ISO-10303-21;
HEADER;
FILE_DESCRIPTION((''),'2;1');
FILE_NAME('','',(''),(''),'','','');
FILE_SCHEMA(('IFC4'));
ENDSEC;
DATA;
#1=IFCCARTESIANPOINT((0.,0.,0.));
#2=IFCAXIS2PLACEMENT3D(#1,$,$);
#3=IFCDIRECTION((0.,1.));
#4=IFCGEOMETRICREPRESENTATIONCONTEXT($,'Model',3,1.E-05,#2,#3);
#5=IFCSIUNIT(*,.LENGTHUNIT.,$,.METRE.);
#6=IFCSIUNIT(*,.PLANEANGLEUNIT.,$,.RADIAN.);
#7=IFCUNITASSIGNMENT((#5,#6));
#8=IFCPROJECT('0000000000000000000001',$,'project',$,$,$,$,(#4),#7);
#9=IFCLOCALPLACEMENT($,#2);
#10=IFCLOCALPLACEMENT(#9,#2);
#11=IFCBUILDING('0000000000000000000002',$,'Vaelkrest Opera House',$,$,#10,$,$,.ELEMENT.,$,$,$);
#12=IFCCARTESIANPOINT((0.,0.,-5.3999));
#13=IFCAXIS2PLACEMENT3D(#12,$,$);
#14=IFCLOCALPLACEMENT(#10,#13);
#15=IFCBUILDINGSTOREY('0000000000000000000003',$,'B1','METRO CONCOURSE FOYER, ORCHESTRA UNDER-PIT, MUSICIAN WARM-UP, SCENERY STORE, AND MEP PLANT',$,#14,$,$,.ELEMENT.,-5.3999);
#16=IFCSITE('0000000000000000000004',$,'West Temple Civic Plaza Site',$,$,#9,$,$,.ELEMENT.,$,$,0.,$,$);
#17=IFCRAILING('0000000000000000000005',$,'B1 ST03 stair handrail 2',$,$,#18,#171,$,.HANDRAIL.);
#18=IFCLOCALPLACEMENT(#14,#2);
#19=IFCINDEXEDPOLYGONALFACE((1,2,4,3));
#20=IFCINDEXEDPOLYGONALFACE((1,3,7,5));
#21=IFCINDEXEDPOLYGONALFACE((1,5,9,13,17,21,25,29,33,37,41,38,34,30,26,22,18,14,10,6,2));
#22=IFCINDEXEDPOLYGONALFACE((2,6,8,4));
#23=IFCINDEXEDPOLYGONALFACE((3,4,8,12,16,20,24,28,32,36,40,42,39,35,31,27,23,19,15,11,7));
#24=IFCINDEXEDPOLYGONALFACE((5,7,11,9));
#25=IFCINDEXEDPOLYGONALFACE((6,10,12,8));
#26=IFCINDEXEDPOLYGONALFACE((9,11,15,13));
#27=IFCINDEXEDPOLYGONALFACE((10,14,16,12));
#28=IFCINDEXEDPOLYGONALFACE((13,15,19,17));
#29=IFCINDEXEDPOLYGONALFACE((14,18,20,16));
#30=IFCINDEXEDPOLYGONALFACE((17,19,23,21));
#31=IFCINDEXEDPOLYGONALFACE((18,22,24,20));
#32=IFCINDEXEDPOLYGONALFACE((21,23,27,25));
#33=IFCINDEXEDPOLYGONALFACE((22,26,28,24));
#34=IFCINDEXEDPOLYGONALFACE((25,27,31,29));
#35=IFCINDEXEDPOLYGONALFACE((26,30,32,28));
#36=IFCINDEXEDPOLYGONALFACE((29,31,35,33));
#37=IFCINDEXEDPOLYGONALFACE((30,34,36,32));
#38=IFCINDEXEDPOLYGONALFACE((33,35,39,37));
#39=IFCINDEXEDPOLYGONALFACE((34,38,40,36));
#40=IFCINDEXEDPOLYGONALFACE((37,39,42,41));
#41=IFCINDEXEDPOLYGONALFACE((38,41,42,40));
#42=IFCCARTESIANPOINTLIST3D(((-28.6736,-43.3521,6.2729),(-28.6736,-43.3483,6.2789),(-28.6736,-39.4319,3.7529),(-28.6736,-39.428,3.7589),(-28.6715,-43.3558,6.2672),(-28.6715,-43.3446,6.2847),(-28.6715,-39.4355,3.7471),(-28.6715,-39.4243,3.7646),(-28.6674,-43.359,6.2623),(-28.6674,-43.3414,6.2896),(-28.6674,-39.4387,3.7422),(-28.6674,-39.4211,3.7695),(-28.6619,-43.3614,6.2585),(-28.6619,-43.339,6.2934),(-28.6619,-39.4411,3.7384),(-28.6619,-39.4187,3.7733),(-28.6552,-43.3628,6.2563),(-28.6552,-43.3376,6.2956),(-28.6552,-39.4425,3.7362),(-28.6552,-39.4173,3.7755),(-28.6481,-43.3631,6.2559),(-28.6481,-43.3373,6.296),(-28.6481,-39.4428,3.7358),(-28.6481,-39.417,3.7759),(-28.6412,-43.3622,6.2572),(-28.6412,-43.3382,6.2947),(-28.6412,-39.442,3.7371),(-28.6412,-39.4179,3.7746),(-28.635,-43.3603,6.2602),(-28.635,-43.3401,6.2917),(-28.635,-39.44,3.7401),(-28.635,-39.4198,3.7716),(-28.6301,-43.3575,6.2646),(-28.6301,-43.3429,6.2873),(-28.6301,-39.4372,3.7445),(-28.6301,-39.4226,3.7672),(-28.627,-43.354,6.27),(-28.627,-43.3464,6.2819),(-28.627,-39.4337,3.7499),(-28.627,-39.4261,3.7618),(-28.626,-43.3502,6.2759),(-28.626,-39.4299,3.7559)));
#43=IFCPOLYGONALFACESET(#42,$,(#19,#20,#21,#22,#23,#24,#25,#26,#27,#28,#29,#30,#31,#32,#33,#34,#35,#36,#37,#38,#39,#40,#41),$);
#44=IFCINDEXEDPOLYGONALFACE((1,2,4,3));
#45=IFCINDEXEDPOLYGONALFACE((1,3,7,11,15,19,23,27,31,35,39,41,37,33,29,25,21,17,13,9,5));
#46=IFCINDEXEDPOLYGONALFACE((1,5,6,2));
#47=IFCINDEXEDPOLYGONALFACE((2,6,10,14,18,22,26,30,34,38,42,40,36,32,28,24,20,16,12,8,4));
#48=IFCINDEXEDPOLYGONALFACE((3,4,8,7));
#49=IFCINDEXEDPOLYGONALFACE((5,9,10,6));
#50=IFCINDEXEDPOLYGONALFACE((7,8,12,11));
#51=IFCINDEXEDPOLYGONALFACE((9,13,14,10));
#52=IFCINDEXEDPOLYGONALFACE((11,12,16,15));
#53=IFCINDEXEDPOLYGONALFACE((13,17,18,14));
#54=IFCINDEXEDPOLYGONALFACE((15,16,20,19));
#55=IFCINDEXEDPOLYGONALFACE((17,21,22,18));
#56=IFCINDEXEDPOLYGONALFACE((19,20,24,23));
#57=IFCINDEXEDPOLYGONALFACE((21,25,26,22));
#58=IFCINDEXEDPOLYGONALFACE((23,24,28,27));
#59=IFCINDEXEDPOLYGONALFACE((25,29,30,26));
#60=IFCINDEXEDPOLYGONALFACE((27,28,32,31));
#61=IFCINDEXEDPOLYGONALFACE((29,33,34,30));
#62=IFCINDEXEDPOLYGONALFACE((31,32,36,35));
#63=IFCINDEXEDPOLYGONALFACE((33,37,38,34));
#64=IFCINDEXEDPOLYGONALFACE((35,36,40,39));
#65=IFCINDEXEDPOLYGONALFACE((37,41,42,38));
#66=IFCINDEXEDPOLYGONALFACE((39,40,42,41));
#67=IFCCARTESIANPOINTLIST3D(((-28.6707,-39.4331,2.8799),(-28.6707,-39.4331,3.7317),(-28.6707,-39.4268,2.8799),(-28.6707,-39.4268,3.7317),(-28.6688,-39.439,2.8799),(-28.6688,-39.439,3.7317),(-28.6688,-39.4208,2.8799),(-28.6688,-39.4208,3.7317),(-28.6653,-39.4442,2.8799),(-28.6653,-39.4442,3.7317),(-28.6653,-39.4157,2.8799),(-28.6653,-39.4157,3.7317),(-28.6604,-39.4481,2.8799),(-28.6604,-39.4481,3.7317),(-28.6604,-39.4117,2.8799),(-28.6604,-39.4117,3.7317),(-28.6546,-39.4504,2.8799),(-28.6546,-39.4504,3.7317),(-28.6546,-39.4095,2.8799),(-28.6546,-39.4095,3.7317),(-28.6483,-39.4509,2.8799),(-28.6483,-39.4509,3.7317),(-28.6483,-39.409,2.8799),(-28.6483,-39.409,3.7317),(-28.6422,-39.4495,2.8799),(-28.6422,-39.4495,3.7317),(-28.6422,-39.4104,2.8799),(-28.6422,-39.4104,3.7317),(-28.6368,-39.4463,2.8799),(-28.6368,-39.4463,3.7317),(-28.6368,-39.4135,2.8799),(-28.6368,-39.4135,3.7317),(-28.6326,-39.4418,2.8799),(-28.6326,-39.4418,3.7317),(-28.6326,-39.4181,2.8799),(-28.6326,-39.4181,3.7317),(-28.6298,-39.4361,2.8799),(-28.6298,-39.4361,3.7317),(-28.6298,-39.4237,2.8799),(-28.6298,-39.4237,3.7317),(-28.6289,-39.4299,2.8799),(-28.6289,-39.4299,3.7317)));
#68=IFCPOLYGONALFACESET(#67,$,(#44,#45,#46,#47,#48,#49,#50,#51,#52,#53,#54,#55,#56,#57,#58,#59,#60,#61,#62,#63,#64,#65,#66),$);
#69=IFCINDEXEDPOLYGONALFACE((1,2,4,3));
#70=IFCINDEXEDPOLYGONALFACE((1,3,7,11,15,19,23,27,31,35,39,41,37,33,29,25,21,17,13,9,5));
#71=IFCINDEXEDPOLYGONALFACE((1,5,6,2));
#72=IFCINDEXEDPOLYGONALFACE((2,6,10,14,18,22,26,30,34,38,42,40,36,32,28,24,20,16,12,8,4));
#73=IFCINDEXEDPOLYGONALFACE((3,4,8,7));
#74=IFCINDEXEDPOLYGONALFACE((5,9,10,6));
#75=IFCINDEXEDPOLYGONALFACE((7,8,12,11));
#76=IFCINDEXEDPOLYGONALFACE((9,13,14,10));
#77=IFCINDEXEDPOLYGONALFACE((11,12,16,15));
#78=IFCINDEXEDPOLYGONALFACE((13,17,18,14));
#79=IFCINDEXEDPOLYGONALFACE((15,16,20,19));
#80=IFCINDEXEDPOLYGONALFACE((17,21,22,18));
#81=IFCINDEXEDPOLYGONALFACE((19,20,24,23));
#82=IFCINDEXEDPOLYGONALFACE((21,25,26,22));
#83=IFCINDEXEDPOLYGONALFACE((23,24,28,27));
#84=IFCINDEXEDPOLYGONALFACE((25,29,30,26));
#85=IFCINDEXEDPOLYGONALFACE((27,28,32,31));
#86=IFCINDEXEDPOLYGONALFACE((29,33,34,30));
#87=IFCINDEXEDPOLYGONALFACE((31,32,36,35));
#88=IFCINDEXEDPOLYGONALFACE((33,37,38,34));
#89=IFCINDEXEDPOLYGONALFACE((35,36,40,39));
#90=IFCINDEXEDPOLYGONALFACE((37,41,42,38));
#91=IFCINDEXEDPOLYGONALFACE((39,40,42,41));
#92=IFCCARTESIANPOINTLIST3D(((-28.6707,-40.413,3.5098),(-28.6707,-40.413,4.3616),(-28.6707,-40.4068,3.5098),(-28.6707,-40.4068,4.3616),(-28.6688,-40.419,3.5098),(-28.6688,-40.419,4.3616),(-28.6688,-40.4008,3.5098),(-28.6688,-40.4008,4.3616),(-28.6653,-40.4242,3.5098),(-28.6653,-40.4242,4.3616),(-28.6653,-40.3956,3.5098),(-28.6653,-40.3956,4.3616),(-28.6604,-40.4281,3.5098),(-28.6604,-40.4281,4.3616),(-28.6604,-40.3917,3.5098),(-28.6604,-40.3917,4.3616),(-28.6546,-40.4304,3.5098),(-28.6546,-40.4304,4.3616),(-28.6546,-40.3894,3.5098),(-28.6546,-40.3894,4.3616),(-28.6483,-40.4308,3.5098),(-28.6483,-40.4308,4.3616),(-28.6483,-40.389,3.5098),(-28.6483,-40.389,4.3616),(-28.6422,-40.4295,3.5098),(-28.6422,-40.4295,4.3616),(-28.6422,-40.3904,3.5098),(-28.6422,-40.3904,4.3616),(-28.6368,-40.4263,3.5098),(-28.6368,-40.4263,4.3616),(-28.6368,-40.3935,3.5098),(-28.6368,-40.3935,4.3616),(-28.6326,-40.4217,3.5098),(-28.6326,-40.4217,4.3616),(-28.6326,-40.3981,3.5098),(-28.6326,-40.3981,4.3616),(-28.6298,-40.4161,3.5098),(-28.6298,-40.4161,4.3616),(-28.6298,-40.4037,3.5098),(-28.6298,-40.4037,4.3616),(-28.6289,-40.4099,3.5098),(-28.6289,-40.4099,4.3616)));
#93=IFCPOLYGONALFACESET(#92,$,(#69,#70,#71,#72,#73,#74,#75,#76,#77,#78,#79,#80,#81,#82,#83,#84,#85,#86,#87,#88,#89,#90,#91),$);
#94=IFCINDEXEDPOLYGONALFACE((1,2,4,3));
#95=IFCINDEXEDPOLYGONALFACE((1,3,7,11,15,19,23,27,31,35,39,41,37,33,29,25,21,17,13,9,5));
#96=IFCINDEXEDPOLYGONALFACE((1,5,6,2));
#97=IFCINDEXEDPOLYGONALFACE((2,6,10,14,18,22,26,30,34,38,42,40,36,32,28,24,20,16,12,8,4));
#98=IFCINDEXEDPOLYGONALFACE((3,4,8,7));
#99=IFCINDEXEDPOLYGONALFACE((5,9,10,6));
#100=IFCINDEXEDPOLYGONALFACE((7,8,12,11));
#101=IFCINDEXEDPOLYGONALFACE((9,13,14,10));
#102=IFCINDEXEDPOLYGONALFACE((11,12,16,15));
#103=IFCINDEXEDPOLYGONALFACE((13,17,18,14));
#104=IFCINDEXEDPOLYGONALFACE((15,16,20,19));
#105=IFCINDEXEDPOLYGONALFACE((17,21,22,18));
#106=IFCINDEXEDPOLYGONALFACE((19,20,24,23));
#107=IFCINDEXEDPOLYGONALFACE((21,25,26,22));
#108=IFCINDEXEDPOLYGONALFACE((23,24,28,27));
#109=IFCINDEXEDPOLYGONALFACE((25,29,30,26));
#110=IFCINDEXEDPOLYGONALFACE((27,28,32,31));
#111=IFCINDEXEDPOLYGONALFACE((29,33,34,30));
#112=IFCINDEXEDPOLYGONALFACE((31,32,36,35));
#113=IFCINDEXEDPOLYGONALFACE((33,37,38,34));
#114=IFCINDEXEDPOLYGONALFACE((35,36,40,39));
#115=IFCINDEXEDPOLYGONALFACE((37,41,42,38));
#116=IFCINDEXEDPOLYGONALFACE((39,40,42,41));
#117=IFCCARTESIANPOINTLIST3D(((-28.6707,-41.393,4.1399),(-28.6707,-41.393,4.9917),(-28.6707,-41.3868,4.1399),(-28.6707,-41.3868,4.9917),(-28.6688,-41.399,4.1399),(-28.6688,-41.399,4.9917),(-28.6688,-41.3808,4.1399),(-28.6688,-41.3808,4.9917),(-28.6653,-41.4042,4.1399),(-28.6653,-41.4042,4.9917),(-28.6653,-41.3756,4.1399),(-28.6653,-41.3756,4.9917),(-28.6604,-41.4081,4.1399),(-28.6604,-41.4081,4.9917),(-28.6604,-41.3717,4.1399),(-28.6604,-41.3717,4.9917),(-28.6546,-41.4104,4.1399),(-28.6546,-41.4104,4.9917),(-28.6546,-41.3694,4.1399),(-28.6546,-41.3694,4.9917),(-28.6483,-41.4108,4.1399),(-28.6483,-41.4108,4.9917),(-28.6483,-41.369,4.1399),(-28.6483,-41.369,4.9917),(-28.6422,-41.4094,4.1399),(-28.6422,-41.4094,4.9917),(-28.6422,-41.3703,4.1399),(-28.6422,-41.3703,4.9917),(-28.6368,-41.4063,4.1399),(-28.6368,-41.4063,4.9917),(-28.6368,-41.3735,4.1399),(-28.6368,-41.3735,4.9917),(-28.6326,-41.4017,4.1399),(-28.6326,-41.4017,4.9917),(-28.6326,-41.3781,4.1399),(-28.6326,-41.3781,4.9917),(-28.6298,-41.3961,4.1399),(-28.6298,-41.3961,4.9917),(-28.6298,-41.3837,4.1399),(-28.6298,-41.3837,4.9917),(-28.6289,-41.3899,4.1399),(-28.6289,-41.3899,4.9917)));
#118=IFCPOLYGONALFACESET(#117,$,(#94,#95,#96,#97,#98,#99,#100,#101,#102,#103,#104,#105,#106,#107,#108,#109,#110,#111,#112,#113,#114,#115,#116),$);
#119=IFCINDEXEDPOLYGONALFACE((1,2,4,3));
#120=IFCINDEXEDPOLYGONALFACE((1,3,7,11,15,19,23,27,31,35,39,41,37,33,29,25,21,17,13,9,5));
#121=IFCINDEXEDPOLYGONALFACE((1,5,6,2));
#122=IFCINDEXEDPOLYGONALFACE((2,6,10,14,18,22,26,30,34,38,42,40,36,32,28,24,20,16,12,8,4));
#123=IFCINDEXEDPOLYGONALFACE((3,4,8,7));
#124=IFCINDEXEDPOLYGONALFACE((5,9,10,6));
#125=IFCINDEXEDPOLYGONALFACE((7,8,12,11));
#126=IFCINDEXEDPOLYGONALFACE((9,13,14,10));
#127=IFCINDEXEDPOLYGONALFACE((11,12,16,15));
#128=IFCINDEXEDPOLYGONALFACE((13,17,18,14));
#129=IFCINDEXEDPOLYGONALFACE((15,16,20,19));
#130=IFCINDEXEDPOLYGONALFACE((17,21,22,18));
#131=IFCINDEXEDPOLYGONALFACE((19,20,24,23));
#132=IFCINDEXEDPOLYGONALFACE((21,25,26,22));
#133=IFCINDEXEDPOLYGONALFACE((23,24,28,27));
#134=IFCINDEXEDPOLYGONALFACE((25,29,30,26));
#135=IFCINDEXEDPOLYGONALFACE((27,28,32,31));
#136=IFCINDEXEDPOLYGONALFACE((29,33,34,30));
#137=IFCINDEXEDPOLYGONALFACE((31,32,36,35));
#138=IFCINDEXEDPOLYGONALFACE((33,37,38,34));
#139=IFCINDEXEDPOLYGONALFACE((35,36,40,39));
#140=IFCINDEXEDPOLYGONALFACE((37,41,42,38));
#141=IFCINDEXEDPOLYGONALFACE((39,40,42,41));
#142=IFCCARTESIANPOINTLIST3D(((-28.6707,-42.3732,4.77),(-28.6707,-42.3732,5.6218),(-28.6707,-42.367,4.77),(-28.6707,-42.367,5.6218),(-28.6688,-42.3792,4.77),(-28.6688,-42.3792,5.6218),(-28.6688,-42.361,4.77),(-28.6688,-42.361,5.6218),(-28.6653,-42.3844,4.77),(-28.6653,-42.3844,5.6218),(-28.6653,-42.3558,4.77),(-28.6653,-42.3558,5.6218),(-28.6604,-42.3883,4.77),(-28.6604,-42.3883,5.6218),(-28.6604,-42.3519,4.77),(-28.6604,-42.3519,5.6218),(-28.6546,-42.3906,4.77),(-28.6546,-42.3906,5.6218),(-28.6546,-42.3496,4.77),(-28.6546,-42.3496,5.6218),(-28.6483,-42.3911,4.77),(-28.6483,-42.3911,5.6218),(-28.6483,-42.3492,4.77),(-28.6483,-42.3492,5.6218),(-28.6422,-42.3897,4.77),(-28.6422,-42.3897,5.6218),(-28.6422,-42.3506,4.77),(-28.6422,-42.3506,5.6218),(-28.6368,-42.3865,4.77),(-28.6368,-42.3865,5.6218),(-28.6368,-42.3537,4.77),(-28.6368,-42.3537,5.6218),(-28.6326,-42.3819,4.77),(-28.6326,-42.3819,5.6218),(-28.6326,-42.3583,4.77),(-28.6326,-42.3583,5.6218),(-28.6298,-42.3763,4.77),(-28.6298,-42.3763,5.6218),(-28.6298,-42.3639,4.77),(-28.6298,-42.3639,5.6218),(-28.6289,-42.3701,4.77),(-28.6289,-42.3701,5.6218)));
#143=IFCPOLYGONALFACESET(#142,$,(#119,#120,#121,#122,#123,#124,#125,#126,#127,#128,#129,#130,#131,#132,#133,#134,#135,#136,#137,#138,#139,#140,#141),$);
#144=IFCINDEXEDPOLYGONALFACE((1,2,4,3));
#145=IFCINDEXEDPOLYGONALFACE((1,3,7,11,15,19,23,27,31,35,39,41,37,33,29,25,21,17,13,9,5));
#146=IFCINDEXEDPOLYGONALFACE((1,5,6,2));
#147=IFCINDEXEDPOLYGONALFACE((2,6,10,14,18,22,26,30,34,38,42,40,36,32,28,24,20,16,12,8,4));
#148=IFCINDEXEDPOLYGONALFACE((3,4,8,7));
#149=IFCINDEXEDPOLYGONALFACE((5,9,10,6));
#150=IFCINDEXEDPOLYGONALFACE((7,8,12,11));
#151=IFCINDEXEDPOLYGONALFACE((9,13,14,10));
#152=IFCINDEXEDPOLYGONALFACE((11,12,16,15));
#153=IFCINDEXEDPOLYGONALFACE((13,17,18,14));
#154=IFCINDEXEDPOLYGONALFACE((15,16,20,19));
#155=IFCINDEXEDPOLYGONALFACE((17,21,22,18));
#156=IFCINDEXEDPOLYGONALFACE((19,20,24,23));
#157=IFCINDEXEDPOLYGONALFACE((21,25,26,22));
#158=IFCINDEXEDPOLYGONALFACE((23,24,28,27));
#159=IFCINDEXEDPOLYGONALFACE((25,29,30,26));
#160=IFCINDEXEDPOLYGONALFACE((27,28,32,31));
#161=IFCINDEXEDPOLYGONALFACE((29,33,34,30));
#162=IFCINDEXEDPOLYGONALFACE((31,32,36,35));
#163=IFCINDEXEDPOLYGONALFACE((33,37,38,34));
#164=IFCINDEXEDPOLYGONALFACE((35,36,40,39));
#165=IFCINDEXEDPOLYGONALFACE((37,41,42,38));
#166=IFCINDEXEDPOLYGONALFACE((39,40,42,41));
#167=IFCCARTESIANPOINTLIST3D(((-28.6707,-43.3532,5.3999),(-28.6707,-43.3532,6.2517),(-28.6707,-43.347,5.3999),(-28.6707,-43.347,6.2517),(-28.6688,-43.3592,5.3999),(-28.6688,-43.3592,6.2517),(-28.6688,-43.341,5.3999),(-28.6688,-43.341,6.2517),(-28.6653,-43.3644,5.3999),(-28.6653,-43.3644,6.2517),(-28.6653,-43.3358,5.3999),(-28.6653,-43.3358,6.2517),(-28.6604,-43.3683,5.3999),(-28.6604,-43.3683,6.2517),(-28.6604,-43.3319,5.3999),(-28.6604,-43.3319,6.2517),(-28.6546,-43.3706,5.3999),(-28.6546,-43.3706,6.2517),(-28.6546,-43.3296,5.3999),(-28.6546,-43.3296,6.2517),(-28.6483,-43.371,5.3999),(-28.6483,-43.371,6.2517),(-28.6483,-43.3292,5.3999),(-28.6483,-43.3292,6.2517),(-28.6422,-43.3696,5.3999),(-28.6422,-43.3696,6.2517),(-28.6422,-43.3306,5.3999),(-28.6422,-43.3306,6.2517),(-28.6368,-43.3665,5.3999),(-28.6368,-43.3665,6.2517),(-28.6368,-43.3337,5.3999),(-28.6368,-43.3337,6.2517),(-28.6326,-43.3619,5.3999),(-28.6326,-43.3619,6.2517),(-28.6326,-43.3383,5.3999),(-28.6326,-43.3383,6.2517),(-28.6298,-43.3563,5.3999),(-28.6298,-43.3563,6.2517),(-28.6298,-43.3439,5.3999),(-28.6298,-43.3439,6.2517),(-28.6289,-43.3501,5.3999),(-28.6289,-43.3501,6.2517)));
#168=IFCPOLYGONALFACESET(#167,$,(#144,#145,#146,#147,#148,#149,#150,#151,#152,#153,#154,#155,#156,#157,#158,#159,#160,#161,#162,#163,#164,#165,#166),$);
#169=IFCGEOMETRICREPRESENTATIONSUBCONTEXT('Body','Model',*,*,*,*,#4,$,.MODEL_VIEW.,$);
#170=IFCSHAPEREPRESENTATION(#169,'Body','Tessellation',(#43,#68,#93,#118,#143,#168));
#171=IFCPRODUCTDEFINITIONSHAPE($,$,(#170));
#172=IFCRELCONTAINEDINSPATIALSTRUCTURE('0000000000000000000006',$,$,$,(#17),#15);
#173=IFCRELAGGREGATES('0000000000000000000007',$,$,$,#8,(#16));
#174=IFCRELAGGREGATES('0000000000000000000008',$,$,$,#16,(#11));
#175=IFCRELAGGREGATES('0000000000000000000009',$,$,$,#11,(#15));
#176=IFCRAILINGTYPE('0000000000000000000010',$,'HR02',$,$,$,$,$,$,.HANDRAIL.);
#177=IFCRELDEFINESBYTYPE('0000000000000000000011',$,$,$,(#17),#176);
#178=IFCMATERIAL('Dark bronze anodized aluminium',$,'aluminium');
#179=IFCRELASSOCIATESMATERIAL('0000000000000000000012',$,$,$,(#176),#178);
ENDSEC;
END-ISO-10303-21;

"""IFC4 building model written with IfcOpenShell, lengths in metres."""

from ifc_helpers import new_model, si_unit, direction, frame, origin, origin_2d, place, context, subcontext, project, spatial, circle, extrude, material, type_object, element, save


model = new_model("IFC4")

# Units and contexts
model_context = context("Model", 3, precision=1e-05, world=origin(), true_north=direction((0.0, 1.0)))
body_context = subcontext(model_context, "Body", "Model", "MODEL_VIEW")
ifc_project = project(units=[si_unit("LENGTHUNIT", "METRE"), si_unit("PLANEANGLEUNIT", "RADIAN")], contexts=[model_context])

# Site, building, storey
site_placement = place(None, origin())
site = spatial("IfcSite", under=ifc_project, at=site_placement, Name="West Temple Civic Plaza Site", CompositionType="ELEMENT", RefElevation=0.0)
building_placement = place(site_placement, origin())
building = spatial("IfcBuilding", under=site, at=building_placement, Name="Vaelkrest Opera House", CompositionType="ELEMENT")
storey_placement = place(building_placement, frame((0.0, 0.0, -5.3999)))
storey = spatial("IfcBuildingStorey", under=building, at=storey_placement, Name="B1", Description="METRO CONCOURSE FOYER, ORCHESTRA UNDER-PIT, MUSICIAN WARM-UP, SCENERY STORE, AND MEP PLANT", CompositionType="ELEMENT", Elevation=-5.3999)

# Shared definitions
ifc_material_1 = material(Name="Dark bronze anodized aluminium", Category="aluminium")

# Railing
railing_type_1 = type_object("IfcRailingType", Name="HR02", PredefinedType="HANDRAIL", material=ifc_material_1)
railing_1_placement = place(storey_placement, frame((-28.6499, -39.4299, 2.8799)))
element("IfcRailing", 1, at=railing_1_placement, inside=storey, type_object=railing_type_1, Name="B1 ST03 stair handrail 2", PredefinedType="HANDRAIL", context=body_context, shape_type="SweptSolid", body=[
    extrude(circle(Radius=0.0239, at=origin_2d()), frame((0.0, 0.0, 0.876), z_axis=(0.0, -0.841187, 0.540744), x_axis=(1.0, 0.0, 0.0)), (0.0, 0.0, 1.0), 4.6604),
    extrude(circle(Radius=0.021, at=origin_2d()), origin(), (0.0, 0.0, 1.0), 0.8518),
    extrude(circle(Radius=0.021, at=origin_2d()), frame((0.0, -0.98, 0.6299)), (0.0, 0.0, 1.0), 0.8518),
    extrude(circle(Radius=0.021, at=origin_2d()), frame((0.0, -1.96, 1.26)), (0.0, 0.0, 1.0), 0.8518),
    extrude(circle(Radius=0.021, at=origin_2d()), frame((0.0, -2.9402, 1.8901)), (0.0, 0.0, 1.0), 0.8518),
    extrude(circle(Radius=0.021, at=origin_2d()), frame((0.0, -3.9202, 2.52)), (0.0, 0.0, 1.0), 0.8518),
])

save(model, "model.ifc")
